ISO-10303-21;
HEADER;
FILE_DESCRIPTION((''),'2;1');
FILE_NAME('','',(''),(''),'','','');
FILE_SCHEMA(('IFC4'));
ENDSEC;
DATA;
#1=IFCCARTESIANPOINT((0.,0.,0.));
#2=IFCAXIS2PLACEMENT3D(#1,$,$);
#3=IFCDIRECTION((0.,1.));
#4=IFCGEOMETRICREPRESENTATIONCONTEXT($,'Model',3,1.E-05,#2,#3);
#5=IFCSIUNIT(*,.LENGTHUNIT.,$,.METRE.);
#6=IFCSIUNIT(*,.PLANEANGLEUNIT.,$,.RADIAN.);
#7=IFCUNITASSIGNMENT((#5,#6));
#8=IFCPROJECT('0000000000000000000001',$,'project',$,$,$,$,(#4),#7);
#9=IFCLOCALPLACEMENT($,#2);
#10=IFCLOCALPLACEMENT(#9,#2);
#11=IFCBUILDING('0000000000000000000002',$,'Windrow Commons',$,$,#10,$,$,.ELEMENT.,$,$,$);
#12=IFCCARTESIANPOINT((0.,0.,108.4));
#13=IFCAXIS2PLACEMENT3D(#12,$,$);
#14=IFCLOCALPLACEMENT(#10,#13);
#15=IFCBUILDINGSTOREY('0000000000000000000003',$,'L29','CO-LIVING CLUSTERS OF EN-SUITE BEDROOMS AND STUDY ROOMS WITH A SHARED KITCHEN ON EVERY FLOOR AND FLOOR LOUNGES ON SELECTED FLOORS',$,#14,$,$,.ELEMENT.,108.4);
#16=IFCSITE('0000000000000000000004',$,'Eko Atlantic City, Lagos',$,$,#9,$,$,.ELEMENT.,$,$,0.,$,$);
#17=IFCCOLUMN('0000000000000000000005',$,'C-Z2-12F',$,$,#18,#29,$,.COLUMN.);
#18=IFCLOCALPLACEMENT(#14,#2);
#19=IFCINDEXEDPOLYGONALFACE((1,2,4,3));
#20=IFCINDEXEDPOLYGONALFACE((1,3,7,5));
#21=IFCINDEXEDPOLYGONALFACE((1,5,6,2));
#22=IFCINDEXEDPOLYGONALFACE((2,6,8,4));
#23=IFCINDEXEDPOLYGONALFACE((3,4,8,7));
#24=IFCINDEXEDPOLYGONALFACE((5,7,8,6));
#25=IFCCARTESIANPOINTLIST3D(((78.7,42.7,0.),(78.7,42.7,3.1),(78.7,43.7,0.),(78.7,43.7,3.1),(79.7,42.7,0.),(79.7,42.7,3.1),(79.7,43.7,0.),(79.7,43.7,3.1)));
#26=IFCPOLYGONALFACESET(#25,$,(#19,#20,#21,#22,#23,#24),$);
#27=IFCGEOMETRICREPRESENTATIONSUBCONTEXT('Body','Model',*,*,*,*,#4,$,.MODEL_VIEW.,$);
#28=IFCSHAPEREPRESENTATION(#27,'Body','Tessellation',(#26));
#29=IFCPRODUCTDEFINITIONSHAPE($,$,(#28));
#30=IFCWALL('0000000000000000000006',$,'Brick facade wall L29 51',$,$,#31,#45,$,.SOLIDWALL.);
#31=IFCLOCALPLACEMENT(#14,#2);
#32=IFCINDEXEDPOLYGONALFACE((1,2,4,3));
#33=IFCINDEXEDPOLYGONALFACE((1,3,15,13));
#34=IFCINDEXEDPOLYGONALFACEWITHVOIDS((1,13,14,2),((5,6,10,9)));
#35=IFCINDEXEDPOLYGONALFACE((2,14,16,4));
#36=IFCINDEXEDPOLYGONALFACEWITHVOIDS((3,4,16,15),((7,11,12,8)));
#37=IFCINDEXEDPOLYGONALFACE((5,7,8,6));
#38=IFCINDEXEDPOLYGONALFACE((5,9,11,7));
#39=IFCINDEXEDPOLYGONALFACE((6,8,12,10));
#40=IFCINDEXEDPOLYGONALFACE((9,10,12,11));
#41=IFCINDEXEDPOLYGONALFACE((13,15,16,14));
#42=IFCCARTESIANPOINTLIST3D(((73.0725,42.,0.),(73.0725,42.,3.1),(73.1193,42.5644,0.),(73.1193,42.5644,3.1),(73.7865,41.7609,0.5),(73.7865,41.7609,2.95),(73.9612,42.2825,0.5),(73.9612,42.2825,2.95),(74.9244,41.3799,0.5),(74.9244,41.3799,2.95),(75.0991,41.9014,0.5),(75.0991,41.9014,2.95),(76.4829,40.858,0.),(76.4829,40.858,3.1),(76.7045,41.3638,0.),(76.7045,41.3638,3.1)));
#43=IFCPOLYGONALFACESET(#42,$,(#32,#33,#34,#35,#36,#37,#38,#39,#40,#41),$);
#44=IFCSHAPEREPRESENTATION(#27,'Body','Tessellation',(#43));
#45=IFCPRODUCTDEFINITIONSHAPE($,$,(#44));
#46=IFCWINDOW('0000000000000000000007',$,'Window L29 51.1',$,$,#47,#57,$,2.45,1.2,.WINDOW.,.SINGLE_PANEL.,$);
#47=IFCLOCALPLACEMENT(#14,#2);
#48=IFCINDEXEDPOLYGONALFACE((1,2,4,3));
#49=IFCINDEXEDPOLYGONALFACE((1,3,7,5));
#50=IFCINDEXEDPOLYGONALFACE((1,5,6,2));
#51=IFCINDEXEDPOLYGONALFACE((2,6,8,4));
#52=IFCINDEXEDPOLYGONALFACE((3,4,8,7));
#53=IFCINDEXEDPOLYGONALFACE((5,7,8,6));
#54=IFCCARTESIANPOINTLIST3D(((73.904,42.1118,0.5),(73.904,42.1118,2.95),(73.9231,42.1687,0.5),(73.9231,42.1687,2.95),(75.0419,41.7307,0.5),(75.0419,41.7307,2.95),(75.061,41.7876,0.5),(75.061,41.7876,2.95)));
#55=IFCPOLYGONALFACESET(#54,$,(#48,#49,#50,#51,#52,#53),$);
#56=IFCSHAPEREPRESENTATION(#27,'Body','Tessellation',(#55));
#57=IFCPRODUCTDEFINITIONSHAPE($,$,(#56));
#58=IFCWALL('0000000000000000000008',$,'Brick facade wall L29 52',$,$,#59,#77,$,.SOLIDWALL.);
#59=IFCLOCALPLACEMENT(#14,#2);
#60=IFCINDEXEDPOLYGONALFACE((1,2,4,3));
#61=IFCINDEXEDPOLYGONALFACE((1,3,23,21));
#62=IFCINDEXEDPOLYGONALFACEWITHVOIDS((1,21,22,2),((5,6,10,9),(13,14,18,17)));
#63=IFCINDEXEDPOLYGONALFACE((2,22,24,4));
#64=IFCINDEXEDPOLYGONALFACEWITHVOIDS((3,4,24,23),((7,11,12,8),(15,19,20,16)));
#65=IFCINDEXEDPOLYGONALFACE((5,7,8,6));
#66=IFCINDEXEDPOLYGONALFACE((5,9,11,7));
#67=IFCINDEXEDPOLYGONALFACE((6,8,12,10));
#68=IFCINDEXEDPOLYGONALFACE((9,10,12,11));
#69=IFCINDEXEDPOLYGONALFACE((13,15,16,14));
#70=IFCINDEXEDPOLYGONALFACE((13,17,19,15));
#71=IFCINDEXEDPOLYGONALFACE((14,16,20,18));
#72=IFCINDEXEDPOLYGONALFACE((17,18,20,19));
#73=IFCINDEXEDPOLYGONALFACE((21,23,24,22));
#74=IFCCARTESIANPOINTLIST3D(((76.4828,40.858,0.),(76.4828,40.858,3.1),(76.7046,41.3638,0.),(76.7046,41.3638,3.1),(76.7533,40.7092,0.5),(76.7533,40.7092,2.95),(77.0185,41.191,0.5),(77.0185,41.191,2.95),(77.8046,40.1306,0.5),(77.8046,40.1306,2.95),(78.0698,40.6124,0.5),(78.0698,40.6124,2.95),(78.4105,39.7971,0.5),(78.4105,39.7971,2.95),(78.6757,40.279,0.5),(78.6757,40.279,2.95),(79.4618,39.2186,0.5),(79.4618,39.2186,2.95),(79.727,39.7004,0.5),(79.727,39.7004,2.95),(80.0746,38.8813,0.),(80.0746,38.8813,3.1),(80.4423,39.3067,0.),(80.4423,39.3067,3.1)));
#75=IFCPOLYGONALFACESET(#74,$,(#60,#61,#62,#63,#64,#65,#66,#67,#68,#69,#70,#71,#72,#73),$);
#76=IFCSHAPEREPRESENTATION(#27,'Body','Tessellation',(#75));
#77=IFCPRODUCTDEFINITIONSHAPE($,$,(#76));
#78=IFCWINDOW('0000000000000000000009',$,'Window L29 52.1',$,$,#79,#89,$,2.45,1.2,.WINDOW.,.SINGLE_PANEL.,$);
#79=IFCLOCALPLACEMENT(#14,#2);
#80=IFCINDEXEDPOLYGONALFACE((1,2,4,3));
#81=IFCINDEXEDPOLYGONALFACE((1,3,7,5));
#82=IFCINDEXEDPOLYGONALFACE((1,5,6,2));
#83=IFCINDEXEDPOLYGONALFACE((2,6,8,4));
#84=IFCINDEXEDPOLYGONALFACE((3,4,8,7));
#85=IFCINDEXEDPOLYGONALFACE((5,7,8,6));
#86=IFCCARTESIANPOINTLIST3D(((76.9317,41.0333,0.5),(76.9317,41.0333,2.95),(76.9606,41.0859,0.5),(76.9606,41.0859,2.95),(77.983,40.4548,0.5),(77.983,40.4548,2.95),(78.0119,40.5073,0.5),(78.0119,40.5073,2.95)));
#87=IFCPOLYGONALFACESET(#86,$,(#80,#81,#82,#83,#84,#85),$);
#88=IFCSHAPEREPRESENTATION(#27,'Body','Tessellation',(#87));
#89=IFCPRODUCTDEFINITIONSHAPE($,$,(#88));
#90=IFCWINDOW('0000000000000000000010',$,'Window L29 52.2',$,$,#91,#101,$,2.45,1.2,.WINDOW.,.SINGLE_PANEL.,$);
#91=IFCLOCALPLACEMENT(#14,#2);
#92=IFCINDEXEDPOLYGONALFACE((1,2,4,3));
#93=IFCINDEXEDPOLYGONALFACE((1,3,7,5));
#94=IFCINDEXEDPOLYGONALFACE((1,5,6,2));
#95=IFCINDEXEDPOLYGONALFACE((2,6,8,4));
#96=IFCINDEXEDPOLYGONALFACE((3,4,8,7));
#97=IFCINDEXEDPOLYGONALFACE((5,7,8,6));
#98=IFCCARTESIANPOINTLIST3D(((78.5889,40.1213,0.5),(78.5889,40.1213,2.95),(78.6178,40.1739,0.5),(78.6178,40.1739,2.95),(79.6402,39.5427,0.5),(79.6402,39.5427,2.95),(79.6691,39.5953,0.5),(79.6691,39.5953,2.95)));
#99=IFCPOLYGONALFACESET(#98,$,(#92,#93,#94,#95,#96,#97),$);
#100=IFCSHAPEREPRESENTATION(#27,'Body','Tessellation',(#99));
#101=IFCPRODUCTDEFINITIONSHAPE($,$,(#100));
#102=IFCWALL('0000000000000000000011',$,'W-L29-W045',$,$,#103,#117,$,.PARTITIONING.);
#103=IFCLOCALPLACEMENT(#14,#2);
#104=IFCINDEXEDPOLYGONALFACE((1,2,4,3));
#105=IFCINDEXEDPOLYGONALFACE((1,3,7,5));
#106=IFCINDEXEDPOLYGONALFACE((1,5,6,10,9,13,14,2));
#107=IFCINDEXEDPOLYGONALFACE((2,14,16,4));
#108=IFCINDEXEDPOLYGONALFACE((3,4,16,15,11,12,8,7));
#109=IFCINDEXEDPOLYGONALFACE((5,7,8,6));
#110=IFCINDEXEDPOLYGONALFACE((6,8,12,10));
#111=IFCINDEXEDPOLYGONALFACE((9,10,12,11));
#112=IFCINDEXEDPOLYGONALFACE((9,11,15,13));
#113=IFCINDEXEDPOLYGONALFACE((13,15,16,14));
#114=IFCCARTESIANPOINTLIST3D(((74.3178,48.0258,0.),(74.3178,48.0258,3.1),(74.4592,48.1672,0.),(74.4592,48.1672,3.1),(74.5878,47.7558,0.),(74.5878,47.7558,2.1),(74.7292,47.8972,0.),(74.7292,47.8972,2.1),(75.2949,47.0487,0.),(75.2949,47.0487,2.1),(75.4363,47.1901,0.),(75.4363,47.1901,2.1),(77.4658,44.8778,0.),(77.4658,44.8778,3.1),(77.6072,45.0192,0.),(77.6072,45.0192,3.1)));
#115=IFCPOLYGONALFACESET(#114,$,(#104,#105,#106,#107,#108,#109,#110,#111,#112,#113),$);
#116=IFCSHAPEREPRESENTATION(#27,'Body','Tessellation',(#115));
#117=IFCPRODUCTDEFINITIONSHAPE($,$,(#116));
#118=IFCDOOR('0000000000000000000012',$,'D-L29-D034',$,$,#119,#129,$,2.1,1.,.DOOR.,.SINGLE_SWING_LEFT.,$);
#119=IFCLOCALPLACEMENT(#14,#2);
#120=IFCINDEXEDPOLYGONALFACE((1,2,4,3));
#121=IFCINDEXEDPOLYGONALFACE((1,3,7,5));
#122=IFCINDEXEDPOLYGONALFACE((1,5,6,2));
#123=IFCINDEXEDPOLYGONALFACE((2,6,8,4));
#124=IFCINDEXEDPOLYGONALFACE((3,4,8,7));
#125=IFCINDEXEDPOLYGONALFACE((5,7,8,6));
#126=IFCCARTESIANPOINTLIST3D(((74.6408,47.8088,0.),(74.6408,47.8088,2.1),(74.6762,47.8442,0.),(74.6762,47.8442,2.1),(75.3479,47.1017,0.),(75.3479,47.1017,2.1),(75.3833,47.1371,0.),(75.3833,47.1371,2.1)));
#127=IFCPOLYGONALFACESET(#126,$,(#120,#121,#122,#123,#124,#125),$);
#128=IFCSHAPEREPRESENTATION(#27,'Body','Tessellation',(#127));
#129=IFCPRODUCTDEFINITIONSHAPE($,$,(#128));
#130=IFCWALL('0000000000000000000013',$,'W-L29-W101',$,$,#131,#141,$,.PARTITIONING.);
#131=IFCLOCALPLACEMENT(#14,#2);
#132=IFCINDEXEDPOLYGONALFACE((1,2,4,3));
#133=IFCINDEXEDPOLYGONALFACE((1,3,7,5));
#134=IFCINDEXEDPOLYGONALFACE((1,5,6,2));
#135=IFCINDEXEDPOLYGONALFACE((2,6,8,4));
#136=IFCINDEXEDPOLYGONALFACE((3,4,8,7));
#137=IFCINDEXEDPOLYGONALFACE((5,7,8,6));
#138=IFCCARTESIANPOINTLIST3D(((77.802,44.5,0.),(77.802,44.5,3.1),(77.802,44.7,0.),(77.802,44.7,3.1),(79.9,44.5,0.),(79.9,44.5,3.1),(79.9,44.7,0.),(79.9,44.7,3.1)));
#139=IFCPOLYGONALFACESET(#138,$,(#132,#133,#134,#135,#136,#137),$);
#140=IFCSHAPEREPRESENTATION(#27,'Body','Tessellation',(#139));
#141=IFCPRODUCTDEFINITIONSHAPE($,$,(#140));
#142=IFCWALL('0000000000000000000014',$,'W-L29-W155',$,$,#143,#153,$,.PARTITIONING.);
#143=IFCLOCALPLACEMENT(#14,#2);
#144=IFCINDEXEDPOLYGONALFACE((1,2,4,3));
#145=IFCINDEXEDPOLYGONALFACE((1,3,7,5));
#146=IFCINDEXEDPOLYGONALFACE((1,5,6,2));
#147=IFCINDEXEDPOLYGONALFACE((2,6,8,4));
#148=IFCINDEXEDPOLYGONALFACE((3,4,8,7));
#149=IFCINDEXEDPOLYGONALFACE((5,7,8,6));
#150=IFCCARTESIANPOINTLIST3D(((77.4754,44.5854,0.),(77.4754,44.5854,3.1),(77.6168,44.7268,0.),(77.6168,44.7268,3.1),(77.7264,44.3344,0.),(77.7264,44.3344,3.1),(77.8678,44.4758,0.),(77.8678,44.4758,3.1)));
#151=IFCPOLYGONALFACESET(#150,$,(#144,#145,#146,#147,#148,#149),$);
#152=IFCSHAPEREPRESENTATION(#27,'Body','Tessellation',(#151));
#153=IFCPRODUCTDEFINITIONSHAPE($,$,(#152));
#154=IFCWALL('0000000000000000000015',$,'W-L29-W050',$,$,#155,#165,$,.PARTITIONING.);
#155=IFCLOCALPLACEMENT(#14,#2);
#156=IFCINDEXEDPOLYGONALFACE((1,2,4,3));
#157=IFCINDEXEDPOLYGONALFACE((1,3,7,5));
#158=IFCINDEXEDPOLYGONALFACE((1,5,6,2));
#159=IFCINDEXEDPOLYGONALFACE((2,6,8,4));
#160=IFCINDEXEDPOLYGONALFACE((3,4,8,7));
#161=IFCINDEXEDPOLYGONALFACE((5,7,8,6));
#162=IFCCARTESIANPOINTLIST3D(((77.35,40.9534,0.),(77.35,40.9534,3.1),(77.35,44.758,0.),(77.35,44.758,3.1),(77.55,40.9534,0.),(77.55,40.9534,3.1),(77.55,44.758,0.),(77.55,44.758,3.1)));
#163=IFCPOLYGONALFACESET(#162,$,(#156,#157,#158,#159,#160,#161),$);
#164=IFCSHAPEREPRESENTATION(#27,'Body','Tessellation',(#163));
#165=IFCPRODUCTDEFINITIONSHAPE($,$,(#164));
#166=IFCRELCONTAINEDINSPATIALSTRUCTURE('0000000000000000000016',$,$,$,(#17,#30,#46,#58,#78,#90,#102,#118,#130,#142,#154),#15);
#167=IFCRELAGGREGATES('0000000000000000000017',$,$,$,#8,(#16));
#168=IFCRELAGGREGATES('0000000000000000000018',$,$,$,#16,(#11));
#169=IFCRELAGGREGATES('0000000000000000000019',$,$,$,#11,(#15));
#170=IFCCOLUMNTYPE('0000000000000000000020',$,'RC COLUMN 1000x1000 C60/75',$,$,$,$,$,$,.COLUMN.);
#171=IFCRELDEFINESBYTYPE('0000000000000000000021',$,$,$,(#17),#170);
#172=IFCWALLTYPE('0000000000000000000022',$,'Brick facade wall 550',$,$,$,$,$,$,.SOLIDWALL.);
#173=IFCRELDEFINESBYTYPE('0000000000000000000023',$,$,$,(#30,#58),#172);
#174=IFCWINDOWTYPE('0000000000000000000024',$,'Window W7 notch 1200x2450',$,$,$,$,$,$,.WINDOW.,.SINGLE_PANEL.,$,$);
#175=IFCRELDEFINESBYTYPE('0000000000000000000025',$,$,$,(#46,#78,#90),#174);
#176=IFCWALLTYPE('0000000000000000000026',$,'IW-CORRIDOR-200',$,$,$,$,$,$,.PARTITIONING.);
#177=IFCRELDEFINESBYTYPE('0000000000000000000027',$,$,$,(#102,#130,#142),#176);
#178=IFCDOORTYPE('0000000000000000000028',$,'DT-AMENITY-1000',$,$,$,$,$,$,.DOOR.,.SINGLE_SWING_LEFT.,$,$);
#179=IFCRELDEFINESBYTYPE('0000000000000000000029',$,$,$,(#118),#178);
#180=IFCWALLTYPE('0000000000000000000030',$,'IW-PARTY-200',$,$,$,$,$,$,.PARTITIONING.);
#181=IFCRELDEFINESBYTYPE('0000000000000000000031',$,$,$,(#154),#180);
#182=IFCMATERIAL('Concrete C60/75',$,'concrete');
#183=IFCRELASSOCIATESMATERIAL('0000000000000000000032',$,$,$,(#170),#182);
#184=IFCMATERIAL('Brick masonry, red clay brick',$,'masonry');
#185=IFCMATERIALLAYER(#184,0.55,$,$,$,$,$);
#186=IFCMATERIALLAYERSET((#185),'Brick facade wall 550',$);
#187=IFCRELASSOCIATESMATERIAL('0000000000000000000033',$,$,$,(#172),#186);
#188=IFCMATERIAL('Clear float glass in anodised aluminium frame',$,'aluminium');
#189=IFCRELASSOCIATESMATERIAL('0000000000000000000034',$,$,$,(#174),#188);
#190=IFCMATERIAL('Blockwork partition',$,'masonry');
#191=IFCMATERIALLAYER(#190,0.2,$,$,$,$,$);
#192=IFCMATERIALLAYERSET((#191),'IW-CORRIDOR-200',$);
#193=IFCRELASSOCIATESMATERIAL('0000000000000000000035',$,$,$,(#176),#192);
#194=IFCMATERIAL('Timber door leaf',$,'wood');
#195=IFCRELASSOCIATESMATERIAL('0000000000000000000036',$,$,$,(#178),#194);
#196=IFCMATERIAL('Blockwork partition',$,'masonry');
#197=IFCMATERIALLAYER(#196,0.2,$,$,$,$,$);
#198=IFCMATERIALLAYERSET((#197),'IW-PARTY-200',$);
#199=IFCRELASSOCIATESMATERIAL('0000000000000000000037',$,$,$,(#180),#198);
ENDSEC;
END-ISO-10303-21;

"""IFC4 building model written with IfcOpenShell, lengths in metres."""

from ifc_helpers import new_model, si_unit, direction, frame, frame_2d, origin, origin_2d, place, context, subcontext, project, spatial, polyline, rectangle, outline, extrude, material, layer, layer_set, material_profile, profile_set, type_object, element, fill, save


model = new_model("IFC4")

# Units and contexts
model_context = context("Model", 3, precision=1e-05, world=origin(), true_north=direction((0.0, 1.0)))
body_context = subcontext(model_context, "Body", "Model", "MODEL_VIEW")
ifc_project = project(units=[si_unit("LENGTHUNIT", "METRE"), si_unit("PLANEANGLEUNIT", "RADIAN")], contexts=[model_context])

# Site, building, storey
site_placement = place(None, origin())
site = spatial("IfcSite", under=ifc_project, at=site_placement, Name="Eko Atlantic City, Lagos", CompositionType="ELEMENT", RefElevation=0.0)
building_placement = place(site_placement, origin())
building = spatial("IfcBuilding", under=site, at=building_placement, Name="Windrow Commons", CompositionType="ELEMENT")
storey_placement = place(building_placement, frame((0.0, 0.0, 108.4)))
storey = spatial("IfcBuildingStorey", under=building, at=storey_placement, Name="L29", Description="CO-LIVING CLUSTERS OF EN-SUITE BEDROOMS AND STUDY ROOMS WITH A SHARED KITCHEN ON EVERY FLOOR AND FLOOR LOUNGES ON SELECTED FLOORS", CompositionType="ELEMENT", Elevation=108.4)

# Column
ifc_material_1 = material(Name="Concrete C60/75", Category="concrete")
ifc_material_profile = material_profile(ifc_material_1, rectangle(XDim=1.0, YDim=1.0, at=origin_2d()))
ifc_profile_set = profile_set([ifc_material_profile], Name="Concrete C60/75")
column_type = type_object("IfcColumnType", Name="RC COLUMN 1000x1000 C60/75", PredefinedType="COLUMN", material=ifc_profile_set)
column_placement = place(storey_placement, frame((79.2, 43.2, 0.0), z_axis=(0.0, 0.0, 1.0), x_axis=(1.0, 0.0, 0.0)))
element("IfcColumn", 1, at=column_placement, inside=storey, type_object=column_type, Name="C-Z2-12F", PredefinedType="COLUMN", context=body_context, shape_type="SweptSolid", body=[
    extrude(rectangle(XDim=1.0, YDim=1.0, at=origin_2d()), origin(), (0.0, 0.0, 1.0), 3.1),
])

# Wall, opening, window
ifc_material_2 = material(Name="Brick masonry, red clay brick", Category="masonry")
ifc_layer_1 = layer(ifc_material_2, 0.55)
ifc_layer_set_1 = layer_set([ifc_layer_1], Name="Brick facade wall 550")
wall_type_1 = type_object("IfcWallType", Name="Brick facade wall 550", PredefinedType="SOLIDWALL", material=ifc_layer_set_1)
wall_1_placement = place(storey_placement, frame((73.0959, 42.2822, 0.0), z_axis=(0.0, 0.0, 1.0), x_axis=(0.948246, -0.317537, 0.0)))
wall_1 = element("IfcWall", 2, at=wall_1_placement, inside=storey, type_object=wall_type_1, Name="Brick facade wall L29 51", PredefinedType="SOLIDWALL", context=body_context, shape_type="SweptSolid", body=[
    extrude(outline(polyline([(0.0674, -0.275), (3.6639, -0.275), (3.7135, 0.275), (-0.0674, 0.275), (0.0674, -0.275)])), origin(), (0.0, 0.0, 1.0), 3.1),
])
opening_1_placement = place(wall_1_placement, frame((0.8204, 0.0, 0.5)))
opening_1 = element("IfcOpeningElement", 3, at=opening_1_placement, cuts=wall_1, PredefinedType="OPENING", context=body_context, shape_type="SweptSolid", body=[
    extrude(rectangle(XDim=1.2, YDim=2.45, at=frame_2d((0.6, 1.225))), frame((0.0, 0.285, 0.0), z_axis=(0.0, -1.0, 0.0), x_axis=(1.0, 0.0, 0.0)), (0.0, 0.0, 1.0), 0.57),
])
ifc_material_3 = material(Name="Clear float glass in anodised aluminium frame", Category="aluminium")
window_type = type_object("IfcWindowType", Name="Window W7 notch 1200x2450", PartitioningType="SINGLE_PANEL", PredefinedType="WINDOW", material=ifc_material_3)
window_1_placement = place(opening_1_placement, origin())
window_1 = element("IfcWindow", 4, at=window_1_placement, inside=storey, type_object=window_type, Name="Window L29 51.1", OverallHeight=2.45, OverallWidth=1.2, PartitioningType="SINGLE_PANEL", PredefinedType="WINDOW", context=body_context, shape_type="SweptSolid", body=[
    extrude(rectangle(XDim=1.2, YDim=2.45, at=frame_2d((0.6, 1.225))), frame((0.0, 0.155, 0.0), z_axis=(0.0, -1.0, 0.0), x_axis=(1.0, 0.0, 0.0)), (0.0, 0.0, 1.0), 0.06),
])
fill(opening_1, window_1)

# Wall, openings, windows
wall_2_placement = place(storey_placement, frame((76.5937, 41.1109, 0.0), z_axis=(0.0, 0.0, 1.0), x_axis=(0.876089, -0.48215, 0.0)))
wall_2 = element("IfcWall", 5, at=wall_2_placement, inside=storey, type_object=wall_type_1, Name="Brick facade wall L29 52", PredefinedType="SOLIDWALL", context=body_context, shape_type="SweptSolid", body=[
    extrude(outline(polyline([(0.0248, -0.275), (4.1246, -0.275), (4.2416, 0.275), (-0.0248, 0.275), (0.0248, -0.275)])), origin(), (0.0, 0.0, 1.0), 3.1),
])
opening_2_placement = place(wall_2_placement, frame((0.3335, 0.0, 0.5)))
opening_2 = element("IfcOpeningElement", 6, at=opening_2_placement, cuts=wall_2, PredefinedType="OPENING", context=body_context, shape_type="SweptSolid", body=[
    extrude(rectangle(XDim=1.2, YDim=2.45, at=frame_2d((0.6, 1.225))), frame((0.0, 0.285, 0.0), z_axis=(0.0, -1.0, 0.0), x_axis=(1.0, 0.0, 0.0)), (0.0, 0.0, 1.0), 0.57),
])
opening_3_placement = place(wall_2_placement, frame((2.2251, 0.0, 0.5)))
opening_3 = element("IfcOpeningElement", 7, at=opening_3_placement, cuts=wall_2, PredefinedType="OPENING", context=body_context, shape_type="SweptSolid", body=[
    extrude(rectangle(XDim=1.2, YDim=2.45, at=frame_2d((0.6, 1.225))), frame((0.0, 0.285, 0.0), z_axis=(0.0, -1.0, 0.0), x_axis=(1.0, 0.0, 0.0)), (0.0, 0.0, 1.0), 0.57),
])
window_2_placement = place(opening_2_placement, origin())
window_2 = element("IfcWindow", 8, at=window_2_placement, inside=storey, type_object=window_type, Name="Window L29 52.1", OverallHeight=2.45, OverallWidth=1.2, PartitioningType="SINGLE_PANEL", PredefinedType="WINDOW", context=body_context, shape_type="SweptSolid", body=[
    extrude(rectangle(XDim=1.2, YDim=2.45, at=frame_2d((0.6, 1.225))), frame((0.0, 0.155, 0.0), z_axis=(0.0, -1.0, 0.0), x_axis=(1.0, 0.0, 0.0)), (0.0, 0.0, 1.0), 0.06),
])
fill(opening_2, window_2)
window_3_placement = place(opening_3_placement, origin())
window_3 = element("IfcWindow", 9, at=window_3_placement, inside=storey, type_object=window_type, Name="Window L29 52.2", OverallHeight=2.45, OverallWidth=1.2, PartitioningType="SINGLE_PANEL", PredefinedType="WINDOW", context=body_context, shape_type="SweptSolid", body=[
    extrude(rectangle(XDim=1.2, YDim=2.45, at=frame_2d((0.6, 1.225))), frame((0.0, 0.155, 0.0), z_axis=(0.0, -1.0, 0.0), x_axis=(1.0, 0.0, 0.0)), (0.0, 0.0, 1.0), 0.06),
])
fill(opening_3, window_3)

# Wall, opening, door
ifc_material_4 = material(Name="Blockwork partition", Category="masonry")
ifc_layer_2 = layer(ifc_material_4, 0.2)
ifc_layer_set_2 = layer_set([ifc_layer_2], Name="IW-CORRIDOR-200")
wall_type_2 = type_object("IfcWallType", Name="IW-CORRIDOR-200", PredefinedType="PARTITIONING", material=ifc_layer_set_2)
wall_3_placement = place(storey_placement, frame((74.3885, 48.0965, 0.0), z_axis=(0.0, 0.0, 1.0), x_axis=(0.707107, -0.707107, 0.0)))
wall_3 = element("IfcWall", 10, at=wall_3_placement, inside=storey, type_object=wall_type_2, Name="W-L29-W045", PredefinedType="PARTITIONING", context=body_context, shape_type="SweptSolid", body=[
    extrude(rectangle(XDim=4.4519, YDim=0.2, at=frame_2d((2.226, 0.0))), origin(), (0.0, 0.0, 1.0), 3.1),
])
opening_4_placement = place(wall_3_placement, frame((0.3818, 0.0, 0.0)))
opening_4 = element("IfcOpeningElement", 11, at=opening_4_placement, cuts=wall_3, PredefinedType="OPENING", context=body_context, shape_type="SweptSolid", body=[
    extrude(rectangle(XDim=1.0, YDim=2.1, at=frame_2d((0.5, 1.05))), frame((0.0, 0.11, 0.0), z_axis=(0.0, -1.0, 0.0), x_axis=(1.0, 0.0, 0.0)), (0.0, 0.0, 1.0), 0.22),
])
ifc_material_5 = material(Name="Timber door leaf", Category="wood")
door_type = type_object("IfcDoorType", Name="DT-AMENITY-1000", OperationType="SINGLE_SWING_LEFT", PredefinedType="DOOR", material=ifc_material_5)
door_placement = place(opening_4_placement, origin())
door = element("IfcDoor", 12, at=door_placement, inside=storey, type_object=door_type, Name="D-L29-D034", OperationType="SINGLE_SWING_LEFT", OverallHeight=2.1, OverallWidth=1.0, PredefinedType="DOOR", context=body_context, shape_type="SweptSolid", body=[
    extrude(rectangle(XDim=1.0, YDim=2.1, at=frame_2d((0.5, 1.05))), frame((0.0, 0.025, 0.0), z_axis=(0.0, -1.0, 0.0), x_axis=(1.0, 0.0, 0.0)), (0.0, 0.0, 1.0), 0.05),
])
fill(opening_4, door)

# Walls
wall_4_placement = place(storey_placement, frame((77.802, 44.6, 0.0), z_axis=(0.0, 0.0, 1.0), x_axis=(1.0, 0.0, 0.0)))
element("IfcWall", 13, at=wall_4_placement, inside=storey, type_object=wall_type_2, Name="W-L29-W101", PredefinedType="PARTITIONING", context=body_context, shape_type="SweptSolid", body=[
    extrude(rectangle(XDim=2.098, YDim=0.2, at=frame_2d((1.049, 0.0))), origin(), (0.0, 0.0, 1.0), 3.1),
])
wall_5_placement = place(storey_placement, frame((77.5461, 44.6561, 0.0), z_axis=(0.0, 0.0, 1.0), x_axis=(0.707107, -0.707107, 0.0)))
element("IfcWall", 14, at=wall_5_placement, inside=storey, type_object=wall_type_2, Name="W-L29-W155", PredefinedType="PARTITIONING", context=body_context, shape_type="SweptSolid", body=[
    extrude(rectangle(XDim=0.355, YDim=0.2, at=frame_2d((0.1775, 0.0))), origin(), (0.0, 0.0, 1.0), 3.1),
])
ifc_material_6 = material(Name="Blockwork partition", Category="masonry")
ifc_layer_3 = layer(ifc_material_6, 0.2)
ifc_layer_set_3 = layer_set([ifc_layer_3], Name="IW-PARTY-200")
wall_type_3 = type_object("IfcWallType", Name="IW-PARTY-200", PredefinedType="PARTITIONING", material=ifc_layer_set_3)
wall_6_placement = place(storey_placement, frame((77.45, 40.9535, 0.0), z_axis=(0.0, 0.0, 1.0), x_axis=(0.0, 1.0, 0.0)))
element("IfcWall", 15, at=wall_6_placement, inside=storey, type_object=wall_type_3, Name="W-L29-W050", PredefinedType="PARTITIONING", context=body_context, shape_type="SweptSolid", body=[
    extrude(rectangle(XDim=3.8045, YDim=0.2, at=frame_2d((1.9022, 0.0))), origin(), (0.0, 0.0, 1.0), 3.1),
])

save(model, "model.ifc")
